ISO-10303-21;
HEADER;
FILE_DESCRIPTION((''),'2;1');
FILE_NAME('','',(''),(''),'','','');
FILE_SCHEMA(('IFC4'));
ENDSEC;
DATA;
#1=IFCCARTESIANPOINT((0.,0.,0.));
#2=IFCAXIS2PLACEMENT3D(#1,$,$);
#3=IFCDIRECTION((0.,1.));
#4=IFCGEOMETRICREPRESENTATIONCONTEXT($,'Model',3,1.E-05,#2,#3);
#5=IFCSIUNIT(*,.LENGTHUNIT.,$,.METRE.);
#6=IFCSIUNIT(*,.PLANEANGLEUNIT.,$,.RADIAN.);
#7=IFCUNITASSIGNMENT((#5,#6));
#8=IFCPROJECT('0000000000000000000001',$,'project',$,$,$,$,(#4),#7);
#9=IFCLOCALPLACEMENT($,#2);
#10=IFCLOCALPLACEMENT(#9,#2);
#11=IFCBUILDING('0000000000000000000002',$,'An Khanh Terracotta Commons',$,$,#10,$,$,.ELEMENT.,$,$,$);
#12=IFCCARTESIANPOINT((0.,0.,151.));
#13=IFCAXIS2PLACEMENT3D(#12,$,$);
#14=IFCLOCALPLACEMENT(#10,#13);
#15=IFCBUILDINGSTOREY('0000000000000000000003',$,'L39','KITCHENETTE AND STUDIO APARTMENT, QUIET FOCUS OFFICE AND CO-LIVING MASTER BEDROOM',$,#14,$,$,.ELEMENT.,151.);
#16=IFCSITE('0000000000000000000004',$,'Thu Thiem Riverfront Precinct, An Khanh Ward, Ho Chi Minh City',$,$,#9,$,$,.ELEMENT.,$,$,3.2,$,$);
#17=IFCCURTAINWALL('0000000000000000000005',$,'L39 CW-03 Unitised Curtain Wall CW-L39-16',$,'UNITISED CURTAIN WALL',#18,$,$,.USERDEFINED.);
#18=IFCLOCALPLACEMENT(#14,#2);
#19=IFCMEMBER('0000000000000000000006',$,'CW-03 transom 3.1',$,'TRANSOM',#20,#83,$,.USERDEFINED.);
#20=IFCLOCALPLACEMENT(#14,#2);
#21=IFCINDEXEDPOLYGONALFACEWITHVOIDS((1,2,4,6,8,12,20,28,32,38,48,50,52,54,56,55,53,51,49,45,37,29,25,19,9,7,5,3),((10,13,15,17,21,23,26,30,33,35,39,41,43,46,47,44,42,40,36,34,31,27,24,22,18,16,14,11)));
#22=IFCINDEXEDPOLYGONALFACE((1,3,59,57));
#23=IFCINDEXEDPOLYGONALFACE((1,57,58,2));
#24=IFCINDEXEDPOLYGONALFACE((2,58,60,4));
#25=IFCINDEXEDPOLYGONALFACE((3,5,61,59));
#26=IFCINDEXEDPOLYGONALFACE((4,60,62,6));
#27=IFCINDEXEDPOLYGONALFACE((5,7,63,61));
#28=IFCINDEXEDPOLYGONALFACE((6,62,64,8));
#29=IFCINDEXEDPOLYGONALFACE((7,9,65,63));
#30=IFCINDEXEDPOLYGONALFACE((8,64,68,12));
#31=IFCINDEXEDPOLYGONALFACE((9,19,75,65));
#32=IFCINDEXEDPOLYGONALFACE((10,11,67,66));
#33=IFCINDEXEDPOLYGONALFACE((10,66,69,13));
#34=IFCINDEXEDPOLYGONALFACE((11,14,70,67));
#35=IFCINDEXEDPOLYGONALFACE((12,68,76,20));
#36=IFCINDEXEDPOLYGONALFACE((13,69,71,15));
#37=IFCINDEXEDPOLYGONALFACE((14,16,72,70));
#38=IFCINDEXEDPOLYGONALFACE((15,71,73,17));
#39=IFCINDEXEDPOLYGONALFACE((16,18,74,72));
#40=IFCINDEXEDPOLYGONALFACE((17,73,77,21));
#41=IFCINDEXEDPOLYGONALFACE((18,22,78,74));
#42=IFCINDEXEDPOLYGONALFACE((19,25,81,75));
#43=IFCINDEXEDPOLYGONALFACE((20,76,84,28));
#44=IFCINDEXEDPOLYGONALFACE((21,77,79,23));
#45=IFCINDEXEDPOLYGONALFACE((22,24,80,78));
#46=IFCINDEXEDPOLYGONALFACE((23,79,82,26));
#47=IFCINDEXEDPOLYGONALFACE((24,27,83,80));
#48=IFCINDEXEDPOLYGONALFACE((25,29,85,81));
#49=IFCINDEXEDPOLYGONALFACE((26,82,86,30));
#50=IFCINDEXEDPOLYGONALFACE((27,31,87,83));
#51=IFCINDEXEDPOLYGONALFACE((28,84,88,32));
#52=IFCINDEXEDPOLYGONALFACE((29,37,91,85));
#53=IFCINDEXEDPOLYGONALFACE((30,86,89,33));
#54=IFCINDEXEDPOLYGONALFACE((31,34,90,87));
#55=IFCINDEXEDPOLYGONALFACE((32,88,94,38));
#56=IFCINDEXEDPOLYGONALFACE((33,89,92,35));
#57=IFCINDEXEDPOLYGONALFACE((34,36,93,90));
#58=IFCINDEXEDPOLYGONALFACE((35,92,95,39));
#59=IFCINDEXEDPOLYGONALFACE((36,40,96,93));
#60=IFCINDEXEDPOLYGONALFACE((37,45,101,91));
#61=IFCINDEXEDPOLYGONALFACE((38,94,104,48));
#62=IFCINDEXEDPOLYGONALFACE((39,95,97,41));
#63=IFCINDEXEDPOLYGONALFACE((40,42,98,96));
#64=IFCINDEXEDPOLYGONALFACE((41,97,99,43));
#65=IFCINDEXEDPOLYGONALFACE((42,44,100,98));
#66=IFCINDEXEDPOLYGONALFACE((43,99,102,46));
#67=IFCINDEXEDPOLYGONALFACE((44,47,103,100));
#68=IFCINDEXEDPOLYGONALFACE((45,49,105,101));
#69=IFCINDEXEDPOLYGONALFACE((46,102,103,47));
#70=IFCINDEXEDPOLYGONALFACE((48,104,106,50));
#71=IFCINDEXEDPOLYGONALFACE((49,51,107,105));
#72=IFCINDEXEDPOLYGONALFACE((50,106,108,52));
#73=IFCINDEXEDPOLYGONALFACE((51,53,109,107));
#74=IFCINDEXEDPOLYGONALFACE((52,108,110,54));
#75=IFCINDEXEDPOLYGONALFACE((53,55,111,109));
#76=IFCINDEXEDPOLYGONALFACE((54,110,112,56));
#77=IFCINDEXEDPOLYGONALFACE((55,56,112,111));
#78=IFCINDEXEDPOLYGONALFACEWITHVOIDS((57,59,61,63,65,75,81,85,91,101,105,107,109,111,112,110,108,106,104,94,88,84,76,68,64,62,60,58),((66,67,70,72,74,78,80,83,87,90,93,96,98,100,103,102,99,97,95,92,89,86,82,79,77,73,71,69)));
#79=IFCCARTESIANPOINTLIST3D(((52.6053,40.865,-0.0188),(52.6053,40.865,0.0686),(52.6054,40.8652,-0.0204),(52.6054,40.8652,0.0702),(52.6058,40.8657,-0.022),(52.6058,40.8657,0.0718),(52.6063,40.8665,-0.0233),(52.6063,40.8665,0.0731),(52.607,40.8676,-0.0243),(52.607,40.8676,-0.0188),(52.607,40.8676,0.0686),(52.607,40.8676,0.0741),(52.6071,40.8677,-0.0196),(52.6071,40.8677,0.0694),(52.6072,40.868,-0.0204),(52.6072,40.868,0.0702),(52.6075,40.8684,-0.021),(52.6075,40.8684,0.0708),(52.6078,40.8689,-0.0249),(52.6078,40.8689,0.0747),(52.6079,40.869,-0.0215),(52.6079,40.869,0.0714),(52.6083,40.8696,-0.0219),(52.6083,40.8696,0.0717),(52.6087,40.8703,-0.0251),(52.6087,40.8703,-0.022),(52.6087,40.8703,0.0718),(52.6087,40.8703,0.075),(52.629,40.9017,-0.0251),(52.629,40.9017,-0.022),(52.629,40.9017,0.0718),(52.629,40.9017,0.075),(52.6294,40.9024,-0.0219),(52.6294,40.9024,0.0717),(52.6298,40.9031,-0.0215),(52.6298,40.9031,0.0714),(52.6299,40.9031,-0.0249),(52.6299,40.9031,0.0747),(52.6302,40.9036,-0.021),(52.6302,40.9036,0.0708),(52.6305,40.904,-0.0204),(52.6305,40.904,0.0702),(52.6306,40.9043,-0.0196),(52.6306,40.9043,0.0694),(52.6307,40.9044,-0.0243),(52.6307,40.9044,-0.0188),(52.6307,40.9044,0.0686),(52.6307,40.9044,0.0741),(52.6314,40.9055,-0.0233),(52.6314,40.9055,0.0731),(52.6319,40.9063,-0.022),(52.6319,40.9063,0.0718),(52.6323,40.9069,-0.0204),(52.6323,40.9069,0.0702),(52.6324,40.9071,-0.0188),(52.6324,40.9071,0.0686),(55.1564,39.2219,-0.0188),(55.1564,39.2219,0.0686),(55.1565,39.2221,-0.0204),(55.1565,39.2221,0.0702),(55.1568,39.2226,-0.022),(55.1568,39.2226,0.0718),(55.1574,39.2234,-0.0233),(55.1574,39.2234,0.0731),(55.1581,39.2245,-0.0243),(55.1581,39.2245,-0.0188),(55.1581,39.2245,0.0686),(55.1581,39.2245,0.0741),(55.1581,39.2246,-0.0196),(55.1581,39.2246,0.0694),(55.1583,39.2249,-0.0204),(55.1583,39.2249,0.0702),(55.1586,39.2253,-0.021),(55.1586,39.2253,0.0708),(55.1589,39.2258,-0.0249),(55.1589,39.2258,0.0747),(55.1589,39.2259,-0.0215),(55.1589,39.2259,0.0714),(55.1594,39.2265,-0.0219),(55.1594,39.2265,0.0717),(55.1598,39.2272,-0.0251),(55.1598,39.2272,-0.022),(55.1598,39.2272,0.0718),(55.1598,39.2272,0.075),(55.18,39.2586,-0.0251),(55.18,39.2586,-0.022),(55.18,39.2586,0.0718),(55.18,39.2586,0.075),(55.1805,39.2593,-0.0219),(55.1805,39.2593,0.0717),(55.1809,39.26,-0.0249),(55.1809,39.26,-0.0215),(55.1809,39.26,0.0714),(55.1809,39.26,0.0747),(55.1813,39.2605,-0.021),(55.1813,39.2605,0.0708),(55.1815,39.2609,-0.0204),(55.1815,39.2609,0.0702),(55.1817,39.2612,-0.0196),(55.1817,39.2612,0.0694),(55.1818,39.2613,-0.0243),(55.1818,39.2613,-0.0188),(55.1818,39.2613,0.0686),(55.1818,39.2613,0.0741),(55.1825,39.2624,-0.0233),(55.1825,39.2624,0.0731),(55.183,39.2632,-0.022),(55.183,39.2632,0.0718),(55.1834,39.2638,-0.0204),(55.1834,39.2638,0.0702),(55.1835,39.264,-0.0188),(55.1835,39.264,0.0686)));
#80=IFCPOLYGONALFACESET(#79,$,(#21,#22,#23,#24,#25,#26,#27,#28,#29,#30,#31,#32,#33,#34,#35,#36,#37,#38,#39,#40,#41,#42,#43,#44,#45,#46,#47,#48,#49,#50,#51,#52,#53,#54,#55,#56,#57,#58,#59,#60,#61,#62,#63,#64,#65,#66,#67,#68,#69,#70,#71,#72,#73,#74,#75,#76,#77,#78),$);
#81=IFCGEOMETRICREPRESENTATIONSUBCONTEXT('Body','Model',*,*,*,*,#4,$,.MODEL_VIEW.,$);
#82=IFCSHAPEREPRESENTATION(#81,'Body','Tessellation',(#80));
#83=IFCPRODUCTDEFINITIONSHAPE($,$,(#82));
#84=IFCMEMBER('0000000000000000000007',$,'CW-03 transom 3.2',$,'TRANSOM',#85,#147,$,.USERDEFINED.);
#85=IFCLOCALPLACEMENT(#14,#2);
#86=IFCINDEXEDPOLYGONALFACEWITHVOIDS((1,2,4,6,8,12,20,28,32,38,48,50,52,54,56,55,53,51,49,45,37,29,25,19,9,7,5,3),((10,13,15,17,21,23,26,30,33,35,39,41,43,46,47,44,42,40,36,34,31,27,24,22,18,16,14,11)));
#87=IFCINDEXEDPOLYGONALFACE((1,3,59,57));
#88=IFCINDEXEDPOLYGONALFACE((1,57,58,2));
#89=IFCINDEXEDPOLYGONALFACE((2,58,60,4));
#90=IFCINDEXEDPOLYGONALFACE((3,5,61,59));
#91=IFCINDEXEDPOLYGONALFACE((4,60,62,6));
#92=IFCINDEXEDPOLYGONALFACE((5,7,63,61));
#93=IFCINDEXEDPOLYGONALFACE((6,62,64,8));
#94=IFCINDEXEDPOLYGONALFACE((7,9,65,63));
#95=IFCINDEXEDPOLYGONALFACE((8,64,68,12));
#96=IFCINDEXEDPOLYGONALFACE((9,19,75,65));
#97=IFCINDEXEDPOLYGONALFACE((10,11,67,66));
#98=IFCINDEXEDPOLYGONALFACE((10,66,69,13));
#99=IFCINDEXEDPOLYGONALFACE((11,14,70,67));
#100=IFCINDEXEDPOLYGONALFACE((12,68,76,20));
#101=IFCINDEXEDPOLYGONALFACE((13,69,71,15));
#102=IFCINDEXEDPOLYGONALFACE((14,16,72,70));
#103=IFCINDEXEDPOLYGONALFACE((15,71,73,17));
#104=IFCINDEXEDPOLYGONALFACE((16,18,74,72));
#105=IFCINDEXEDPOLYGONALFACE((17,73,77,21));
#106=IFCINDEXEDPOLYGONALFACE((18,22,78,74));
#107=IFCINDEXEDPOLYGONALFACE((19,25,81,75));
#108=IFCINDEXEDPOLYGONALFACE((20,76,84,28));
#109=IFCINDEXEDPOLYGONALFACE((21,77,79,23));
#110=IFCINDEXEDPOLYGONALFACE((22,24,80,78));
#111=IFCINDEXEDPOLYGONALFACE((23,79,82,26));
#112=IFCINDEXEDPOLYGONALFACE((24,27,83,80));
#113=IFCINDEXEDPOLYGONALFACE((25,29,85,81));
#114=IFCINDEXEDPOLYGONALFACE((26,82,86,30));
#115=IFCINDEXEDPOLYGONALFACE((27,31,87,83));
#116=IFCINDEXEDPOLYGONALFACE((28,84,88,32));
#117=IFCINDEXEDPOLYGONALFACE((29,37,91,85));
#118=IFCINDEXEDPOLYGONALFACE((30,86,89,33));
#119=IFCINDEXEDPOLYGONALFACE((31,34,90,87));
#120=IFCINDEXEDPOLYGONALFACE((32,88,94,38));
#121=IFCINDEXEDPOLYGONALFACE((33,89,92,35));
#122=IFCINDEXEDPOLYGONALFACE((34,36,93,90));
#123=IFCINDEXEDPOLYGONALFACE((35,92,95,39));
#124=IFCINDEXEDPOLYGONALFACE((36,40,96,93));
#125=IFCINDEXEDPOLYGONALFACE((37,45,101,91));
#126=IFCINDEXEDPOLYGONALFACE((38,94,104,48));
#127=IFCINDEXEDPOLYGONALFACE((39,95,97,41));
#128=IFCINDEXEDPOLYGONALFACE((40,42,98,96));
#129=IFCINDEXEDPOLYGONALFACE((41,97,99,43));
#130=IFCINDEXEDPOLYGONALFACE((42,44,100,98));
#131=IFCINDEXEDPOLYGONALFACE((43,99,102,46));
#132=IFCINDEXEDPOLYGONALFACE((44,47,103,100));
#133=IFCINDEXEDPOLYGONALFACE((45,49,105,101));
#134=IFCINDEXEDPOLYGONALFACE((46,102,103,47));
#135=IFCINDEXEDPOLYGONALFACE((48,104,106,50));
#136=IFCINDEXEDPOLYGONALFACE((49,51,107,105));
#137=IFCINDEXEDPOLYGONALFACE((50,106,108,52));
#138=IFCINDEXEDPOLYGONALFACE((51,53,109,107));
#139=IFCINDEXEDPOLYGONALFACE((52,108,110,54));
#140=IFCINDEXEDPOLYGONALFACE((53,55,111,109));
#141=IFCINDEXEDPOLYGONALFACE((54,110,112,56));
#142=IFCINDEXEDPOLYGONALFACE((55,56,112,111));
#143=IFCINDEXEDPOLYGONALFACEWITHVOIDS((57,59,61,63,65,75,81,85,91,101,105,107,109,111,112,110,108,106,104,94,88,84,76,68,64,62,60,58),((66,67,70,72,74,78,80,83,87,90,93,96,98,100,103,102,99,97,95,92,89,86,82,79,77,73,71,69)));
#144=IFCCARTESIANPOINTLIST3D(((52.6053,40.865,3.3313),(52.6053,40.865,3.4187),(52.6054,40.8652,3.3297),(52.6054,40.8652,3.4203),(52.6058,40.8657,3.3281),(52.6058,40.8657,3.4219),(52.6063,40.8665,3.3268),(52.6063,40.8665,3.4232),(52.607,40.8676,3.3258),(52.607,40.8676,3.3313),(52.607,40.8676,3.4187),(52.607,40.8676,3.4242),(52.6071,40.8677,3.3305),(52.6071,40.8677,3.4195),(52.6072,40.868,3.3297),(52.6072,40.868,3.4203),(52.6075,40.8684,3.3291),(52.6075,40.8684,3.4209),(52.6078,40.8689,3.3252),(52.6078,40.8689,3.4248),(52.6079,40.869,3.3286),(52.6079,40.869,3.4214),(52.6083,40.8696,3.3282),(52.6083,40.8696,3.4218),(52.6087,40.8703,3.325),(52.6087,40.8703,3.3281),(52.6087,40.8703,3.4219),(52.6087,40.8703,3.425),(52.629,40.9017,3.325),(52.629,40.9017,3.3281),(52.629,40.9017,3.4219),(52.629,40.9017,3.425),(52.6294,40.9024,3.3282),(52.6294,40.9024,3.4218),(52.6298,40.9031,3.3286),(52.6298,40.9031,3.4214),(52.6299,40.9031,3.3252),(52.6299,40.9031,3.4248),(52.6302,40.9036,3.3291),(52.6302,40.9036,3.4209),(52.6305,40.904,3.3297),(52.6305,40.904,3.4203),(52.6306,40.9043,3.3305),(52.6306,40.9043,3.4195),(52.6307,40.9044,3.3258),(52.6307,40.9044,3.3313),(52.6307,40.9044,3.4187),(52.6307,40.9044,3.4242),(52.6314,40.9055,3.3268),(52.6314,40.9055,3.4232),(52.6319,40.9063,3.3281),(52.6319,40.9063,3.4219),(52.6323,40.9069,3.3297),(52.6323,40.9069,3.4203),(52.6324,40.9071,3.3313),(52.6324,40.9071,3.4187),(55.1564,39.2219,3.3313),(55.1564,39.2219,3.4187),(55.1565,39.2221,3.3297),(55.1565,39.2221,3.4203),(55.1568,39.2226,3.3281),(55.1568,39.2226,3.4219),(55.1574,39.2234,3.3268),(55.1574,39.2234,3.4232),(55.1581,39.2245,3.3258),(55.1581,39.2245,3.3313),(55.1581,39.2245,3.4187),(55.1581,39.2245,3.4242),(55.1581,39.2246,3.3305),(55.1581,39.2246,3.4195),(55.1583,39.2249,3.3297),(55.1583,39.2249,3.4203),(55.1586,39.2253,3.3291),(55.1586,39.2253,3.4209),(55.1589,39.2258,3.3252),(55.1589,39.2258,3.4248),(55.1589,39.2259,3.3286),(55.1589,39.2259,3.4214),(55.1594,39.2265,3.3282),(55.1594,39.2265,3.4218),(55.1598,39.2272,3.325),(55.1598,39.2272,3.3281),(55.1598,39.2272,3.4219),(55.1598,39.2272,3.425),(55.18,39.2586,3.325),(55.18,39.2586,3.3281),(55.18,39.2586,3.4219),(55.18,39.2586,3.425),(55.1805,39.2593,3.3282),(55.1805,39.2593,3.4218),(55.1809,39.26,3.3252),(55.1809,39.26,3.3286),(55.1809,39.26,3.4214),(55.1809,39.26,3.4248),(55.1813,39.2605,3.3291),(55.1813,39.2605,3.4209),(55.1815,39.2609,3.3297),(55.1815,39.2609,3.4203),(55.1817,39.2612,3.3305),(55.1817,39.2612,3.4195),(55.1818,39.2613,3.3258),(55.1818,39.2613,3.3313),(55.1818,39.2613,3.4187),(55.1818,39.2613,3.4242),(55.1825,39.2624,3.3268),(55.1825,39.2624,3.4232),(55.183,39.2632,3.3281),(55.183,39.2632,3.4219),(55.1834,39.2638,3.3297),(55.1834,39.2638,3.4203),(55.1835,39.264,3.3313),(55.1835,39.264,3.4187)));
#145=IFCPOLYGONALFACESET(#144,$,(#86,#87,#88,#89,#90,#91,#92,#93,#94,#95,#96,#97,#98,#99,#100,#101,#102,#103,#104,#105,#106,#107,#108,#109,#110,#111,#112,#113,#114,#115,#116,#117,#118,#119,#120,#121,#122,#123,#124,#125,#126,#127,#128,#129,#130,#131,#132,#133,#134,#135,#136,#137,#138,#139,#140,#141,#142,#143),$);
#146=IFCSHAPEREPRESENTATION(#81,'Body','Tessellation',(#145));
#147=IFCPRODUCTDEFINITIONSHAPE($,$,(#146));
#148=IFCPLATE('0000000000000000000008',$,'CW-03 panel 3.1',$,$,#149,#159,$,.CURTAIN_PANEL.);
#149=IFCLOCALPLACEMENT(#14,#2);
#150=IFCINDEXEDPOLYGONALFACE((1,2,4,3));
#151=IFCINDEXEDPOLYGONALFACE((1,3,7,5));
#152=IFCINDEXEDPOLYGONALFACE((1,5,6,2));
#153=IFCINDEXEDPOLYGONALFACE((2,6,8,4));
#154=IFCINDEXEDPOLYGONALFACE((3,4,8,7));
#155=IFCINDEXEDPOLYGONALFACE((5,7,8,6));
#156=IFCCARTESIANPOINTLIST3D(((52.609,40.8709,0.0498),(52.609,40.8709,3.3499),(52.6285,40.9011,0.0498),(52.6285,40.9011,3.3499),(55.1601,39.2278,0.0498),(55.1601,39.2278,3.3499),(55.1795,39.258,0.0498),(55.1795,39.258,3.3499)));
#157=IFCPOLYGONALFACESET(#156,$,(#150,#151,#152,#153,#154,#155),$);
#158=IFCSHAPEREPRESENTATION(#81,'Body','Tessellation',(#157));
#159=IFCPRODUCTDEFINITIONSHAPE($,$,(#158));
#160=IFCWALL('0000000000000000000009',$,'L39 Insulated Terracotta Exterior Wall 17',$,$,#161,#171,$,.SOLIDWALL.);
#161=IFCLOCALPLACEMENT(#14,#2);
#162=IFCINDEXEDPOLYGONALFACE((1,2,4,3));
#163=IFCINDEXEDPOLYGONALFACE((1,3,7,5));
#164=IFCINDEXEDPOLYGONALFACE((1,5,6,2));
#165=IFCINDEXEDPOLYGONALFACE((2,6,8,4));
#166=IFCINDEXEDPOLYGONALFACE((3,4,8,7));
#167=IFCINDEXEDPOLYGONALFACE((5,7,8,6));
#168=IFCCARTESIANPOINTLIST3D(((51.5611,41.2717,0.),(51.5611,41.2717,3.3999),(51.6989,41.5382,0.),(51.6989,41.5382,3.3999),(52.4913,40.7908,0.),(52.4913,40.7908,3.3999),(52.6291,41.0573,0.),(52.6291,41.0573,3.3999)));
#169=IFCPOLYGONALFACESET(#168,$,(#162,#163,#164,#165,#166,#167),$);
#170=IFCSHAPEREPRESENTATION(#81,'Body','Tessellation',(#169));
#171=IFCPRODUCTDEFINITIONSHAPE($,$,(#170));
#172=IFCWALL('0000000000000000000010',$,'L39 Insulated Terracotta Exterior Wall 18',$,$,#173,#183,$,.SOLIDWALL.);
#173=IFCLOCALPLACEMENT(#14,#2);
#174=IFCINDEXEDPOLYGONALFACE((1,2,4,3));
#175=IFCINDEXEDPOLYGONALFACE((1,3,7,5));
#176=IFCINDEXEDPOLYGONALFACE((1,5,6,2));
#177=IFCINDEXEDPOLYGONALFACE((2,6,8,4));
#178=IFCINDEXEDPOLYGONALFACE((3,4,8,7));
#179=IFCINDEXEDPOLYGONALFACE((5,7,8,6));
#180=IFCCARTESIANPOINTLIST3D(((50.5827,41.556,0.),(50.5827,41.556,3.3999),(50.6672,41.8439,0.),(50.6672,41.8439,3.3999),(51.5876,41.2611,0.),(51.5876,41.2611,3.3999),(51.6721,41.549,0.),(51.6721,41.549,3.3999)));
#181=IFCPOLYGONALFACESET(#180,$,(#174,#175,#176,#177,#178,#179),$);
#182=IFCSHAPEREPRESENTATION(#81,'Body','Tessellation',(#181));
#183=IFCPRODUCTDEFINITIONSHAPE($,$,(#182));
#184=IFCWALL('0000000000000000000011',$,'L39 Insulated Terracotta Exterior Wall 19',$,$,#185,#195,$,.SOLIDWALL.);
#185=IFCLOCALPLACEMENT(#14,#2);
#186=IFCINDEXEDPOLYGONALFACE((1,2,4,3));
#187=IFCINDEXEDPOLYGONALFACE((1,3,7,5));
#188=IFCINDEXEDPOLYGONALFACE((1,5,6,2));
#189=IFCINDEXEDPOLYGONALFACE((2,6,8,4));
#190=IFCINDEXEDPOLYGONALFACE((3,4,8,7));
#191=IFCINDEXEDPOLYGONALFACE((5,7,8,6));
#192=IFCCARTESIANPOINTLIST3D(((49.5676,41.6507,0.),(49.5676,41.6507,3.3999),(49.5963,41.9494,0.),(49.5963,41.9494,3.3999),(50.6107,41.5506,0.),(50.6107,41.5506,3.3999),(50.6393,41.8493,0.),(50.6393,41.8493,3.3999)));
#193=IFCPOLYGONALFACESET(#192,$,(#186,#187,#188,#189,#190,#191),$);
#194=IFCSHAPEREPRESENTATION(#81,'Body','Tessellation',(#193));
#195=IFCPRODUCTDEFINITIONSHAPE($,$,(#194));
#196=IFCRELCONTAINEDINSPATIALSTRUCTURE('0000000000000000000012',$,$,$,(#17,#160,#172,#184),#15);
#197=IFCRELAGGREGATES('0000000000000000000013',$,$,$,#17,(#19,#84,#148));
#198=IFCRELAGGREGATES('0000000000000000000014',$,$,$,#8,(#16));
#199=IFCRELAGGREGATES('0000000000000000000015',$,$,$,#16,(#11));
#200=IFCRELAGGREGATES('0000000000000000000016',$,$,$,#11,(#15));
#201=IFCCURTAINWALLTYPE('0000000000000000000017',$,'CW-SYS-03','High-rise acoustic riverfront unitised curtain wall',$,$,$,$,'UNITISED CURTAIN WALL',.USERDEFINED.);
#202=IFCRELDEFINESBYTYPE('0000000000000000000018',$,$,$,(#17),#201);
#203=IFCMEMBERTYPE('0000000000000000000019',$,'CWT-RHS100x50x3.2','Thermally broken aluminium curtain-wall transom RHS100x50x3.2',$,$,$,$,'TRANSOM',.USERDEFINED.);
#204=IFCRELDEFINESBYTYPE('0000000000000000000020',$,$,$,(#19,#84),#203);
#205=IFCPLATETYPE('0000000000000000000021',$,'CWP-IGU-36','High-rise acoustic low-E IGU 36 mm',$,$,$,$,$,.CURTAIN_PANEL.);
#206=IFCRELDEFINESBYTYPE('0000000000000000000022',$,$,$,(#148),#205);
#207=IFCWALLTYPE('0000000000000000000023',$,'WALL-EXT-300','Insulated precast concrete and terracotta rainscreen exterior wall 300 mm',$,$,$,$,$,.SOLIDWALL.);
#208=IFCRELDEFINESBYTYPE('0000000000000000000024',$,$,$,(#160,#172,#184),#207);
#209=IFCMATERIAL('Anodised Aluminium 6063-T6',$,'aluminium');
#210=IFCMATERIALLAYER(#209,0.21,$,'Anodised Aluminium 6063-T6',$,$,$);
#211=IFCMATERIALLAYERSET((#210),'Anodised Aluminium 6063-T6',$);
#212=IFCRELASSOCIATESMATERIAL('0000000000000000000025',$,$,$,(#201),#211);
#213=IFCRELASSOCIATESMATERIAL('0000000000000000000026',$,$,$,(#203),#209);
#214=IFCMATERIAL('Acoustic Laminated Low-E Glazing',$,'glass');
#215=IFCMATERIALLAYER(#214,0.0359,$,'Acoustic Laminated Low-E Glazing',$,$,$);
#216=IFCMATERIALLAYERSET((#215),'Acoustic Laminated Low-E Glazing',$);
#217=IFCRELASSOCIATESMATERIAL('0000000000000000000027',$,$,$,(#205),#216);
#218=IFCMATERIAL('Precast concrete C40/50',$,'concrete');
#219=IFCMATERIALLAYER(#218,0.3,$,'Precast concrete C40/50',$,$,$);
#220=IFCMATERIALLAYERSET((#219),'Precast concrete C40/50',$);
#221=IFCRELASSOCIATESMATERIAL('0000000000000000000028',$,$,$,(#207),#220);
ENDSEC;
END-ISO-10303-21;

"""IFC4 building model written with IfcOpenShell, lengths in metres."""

from ifc_helpers import new_model, si_unit, direction, frame, frame_2d, origin, origin_2d, place, context, subcontext, project, spatial, rectangle, hollow_rectangle, extrude, material, layer, layer_set, material_profile, profile_set, type_object, element, aggregate, save


model = new_model("IFC4")

# Units and contexts
model_context = context("Model", 3, precision=1e-05, world=origin(), true_north=direction((0.0, 1.0)))
body_context = subcontext(model_context, "Body", "Model", "MODEL_VIEW")
ifc_project = project(units=[si_unit("LENGTHUNIT", "METRE"), si_unit("PLANEANGLEUNIT", "RADIAN")], contexts=[model_context])

# Site, building, storey
site_placement = place(None, origin())
site = spatial("IfcSite", under=ifc_project, at=site_placement, Name="Thu Thiem Riverfront Precinct, An Khanh Ward, Ho Chi Minh City", CompositionType="ELEMENT", RefElevation=3.2)
building_placement = place(site_placement, origin())
building = spatial("IfcBuilding", under=site, at=building_placement, Name="An Khanh Terracotta Commons", CompositionType="ELEMENT")
storey_placement = place(building_placement, frame((0.0, 0.0, 151.0)))
storey = spatial("IfcBuildingStorey", under=building, at=storey_placement, Name="L39", Description="KITCHENETTE AND STUDIO APARTMENT, QUIET FOCUS OFFICE AND CO-LIVING MASTER BEDROOM", CompositionType="ELEMENT", Elevation=151.0)

# Curtain wall, members, plate
ifc_material_1 = material(Name="Anodised Aluminium 6063-T6", Category="aluminium")
ifc_layer_1 = layer(ifc_material_1, 0.21, Name="Anodised Aluminium 6063-T6")
ifc_layer_set_1 = layer_set([ifc_layer_1], Name="Anodised Aluminium 6063-T6")
curtain_wall_type = type_object("IfcCurtainWallType", Name="CW-SYS-03", Description="High-rise acoustic riverfront unitised curtain wall", ElementType="UNITISED CURTAIN WALL", PredefinedType="USERDEFINED", material=ifc_layer_set_1)
curtain_wall_placement = place(storey_placement, origin())
curtain_wall = element("IfcCurtainWall", 1, at=curtain_wall_placement, inside=storey, type_object=curtain_wall_type, Name="L39 CW-03 Unitised Curtain Wall CW-L39-16", ObjectType="UNITISED CURTAIN WALL", PredefinedType="USERDEFINED")
ifc_material_profile_1 = material_profile(ifc_material_1, hollow_rectangle(XDim=0.05, YDim=0.1001, WallThickness=0.0032, InnerFilletRadius=0.0032, OuterFilletRadius=0.0063, at=origin_2d()), Name="RHS100x50x3.2")
ifc_profile_set_1 = profile_set([ifc_material_profile_1], Name="Anodised Aluminium 6063-T6")
member_type_1 = type_object("IfcMemberType", Name="CWT-RHS100x50x3.2", Description="Thermally broken aluminium curtain-wall transom RHS100x50x3.2", ElementType="TRANSOM", PredefinedType="USERDEFINED", material=ifc_profile_set_1)
member_1_placement = place(storey_placement, frame((55.1699, 39.2429, 0.0249), z_axis=(-0.84071, 0.541485, 0.0), x_axis=(-0.541485, -0.84071, 0.0)))
member_1 = element("IfcMember", 2, at=member_1_placement, type_object=member_type_1, Name="CW-03 transom 3.1", ObjectType="TRANSOM", PredefinedType="USERDEFINED", context=body_context, shape_type="SweptSolid", body=[
    extrude(hollow_rectangle(XDim=0.05, YDim=0.1001, WallThickness=0.0032, InnerFilletRadius=0.0032, OuterFilletRadius=0.0063, at=origin_2d()), origin(), (0.0, 0.0, 1.0), 3.0344),
])
member_2_placement = place(storey_placement, frame((55.1699, 39.2429, 3.375), z_axis=(-0.84071, 0.541485, 0.0), x_axis=(-0.541485, -0.84071, 0.0)))
member_2 = element("IfcMember", 3, at=member_2_placement, type_object=member_type_1, Name="CW-03 transom 3.2", ObjectType="TRANSOM", PredefinedType="USERDEFINED", context=body_context, shape_type="SweptSolid", body=[
    extrude(hollow_rectangle(XDim=0.05, YDim=0.1001, WallThickness=0.0032, InnerFilletRadius=0.0032, OuterFilletRadius=0.0063, at=origin_2d()), origin(), (0.0, 0.0, 1.0), 3.0344),
])
ifc_material_2 = material(Name="Acoustic Laminated Low-E Glazing", Category="glass")
ifc_layer_2 = layer(ifc_material_2, 0.0359, Name="Acoustic Laminated Low-E Glazing")
ifc_layer_set_2 = layer_set([ifc_layer_2], Name="Acoustic Laminated Low-E Glazing")
plate_type = type_object("IfcPlateType", Name="CWP-IGU-36", Description="High-rise acoustic low-E IGU 36 mm", PredefinedType="CURTAIN_PANEL", material=ifc_layer_set_2)
plate_placement = place(storey_placement, frame((53.8943, 40.0645, 0.0498), z_axis=(0.0, 0.0, 1.0), x_axis=(-0.840702, 0.541498, 0.0)))
plate = element("IfcPlate", 4, at=plate_placement, type_object=plate_type, Name="CW-03 panel 3.1", PredefinedType="CURTAIN_PANEL", context=body_context, shape_type="SweptSolid", body=[
    extrude(rectangle(XDim=3.0344, YDim=0.0359, at=origin_2d()), origin(), (0.0, 0.0, 1.0), 3.3),
])
aggregate(curtain_wall, [member_1, member_2, plate])

# Walls
ifc_material_3 = material(Name="Precast concrete C40/50", Category="concrete")
ifc_layer_3 = layer(ifc_material_3, 0.3, Name="Precast concrete C40/50")
ifc_layer_set_3 = layer_set([ifc_layer_3], Name="Precast concrete C40/50")
wall_type_1 = type_object("IfcWallType", Name="WALL-EXT-300", Description="Insulated precast concrete and terracotta rainscreen exterior wall 300 mm", PredefinedType="SOLIDWALL", material=ifc_layer_set_3)
wall_1_placement = place(storey_placement, frame((52.5601, 40.9241, 0.0), z_axis=(0.0, 0.0, 1.0), x_axis=(-0.888283, 0.459296, 0.0)))
element("IfcWall", 5, at=wall_1_placement, inside=storey, type_object=wall_type_1, Name="L39 Insulated Terracotta Exterior Wall 17", PredefinedType="SOLIDWALL", context=body_context, shape_type="SweptSolid", body=[
    extrude(rectangle(XDim=1.0471, YDim=0.3, at=frame_2d((0.5234, 0.0))), origin(), (0.0, 0.0, 1.0), 3.3999),
])
wall_2_placement = place(storey_placement, frame((51.6299, 41.405, 0.0), z_axis=(0.0, 0.0, 1.0), x_axis=(-0.959529, 0.281611, 0.0)))
element("IfcWall", 6, at=wall_2_placement, inside=storey, type_object=wall_type_1, Name="L39 Insulated Terracotta Exterior Wall 18", PredefinedType="SOLIDWALL", context=body_context, shape_type="SweptSolid", body=[
    extrude(rectangle(XDim=1.0474, YDim=0.3, at=frame_2d((0.5237, 0.0))), origin(), (0.0, 0.0, 1.0), 3.3999),
])
wall_3_placement = place(storey_placement, frame((50.625, 41.7, 0.0), z_axis=(0.0, 0.0, 1.0), x_axis=(-0.995426, 0.095535, 0.0)))
element("IfcWall", 7, at=wall_3_placement, inside=storey, type_object=wall_type_1, Name="L39 Insulated Terracotta Exterior Wall 19", PredefinedType="SOLIDWALL", context=body_context, shape_type="SweptSolid", body=[
    extrude(rectangle(XDim=1.0479, YDim=0.3, at=frame_2d((0.5239, 0.0))), origin(), (0.0, 0.0, 1.0), 3.3999),
])

save(model, "model.ifc")
